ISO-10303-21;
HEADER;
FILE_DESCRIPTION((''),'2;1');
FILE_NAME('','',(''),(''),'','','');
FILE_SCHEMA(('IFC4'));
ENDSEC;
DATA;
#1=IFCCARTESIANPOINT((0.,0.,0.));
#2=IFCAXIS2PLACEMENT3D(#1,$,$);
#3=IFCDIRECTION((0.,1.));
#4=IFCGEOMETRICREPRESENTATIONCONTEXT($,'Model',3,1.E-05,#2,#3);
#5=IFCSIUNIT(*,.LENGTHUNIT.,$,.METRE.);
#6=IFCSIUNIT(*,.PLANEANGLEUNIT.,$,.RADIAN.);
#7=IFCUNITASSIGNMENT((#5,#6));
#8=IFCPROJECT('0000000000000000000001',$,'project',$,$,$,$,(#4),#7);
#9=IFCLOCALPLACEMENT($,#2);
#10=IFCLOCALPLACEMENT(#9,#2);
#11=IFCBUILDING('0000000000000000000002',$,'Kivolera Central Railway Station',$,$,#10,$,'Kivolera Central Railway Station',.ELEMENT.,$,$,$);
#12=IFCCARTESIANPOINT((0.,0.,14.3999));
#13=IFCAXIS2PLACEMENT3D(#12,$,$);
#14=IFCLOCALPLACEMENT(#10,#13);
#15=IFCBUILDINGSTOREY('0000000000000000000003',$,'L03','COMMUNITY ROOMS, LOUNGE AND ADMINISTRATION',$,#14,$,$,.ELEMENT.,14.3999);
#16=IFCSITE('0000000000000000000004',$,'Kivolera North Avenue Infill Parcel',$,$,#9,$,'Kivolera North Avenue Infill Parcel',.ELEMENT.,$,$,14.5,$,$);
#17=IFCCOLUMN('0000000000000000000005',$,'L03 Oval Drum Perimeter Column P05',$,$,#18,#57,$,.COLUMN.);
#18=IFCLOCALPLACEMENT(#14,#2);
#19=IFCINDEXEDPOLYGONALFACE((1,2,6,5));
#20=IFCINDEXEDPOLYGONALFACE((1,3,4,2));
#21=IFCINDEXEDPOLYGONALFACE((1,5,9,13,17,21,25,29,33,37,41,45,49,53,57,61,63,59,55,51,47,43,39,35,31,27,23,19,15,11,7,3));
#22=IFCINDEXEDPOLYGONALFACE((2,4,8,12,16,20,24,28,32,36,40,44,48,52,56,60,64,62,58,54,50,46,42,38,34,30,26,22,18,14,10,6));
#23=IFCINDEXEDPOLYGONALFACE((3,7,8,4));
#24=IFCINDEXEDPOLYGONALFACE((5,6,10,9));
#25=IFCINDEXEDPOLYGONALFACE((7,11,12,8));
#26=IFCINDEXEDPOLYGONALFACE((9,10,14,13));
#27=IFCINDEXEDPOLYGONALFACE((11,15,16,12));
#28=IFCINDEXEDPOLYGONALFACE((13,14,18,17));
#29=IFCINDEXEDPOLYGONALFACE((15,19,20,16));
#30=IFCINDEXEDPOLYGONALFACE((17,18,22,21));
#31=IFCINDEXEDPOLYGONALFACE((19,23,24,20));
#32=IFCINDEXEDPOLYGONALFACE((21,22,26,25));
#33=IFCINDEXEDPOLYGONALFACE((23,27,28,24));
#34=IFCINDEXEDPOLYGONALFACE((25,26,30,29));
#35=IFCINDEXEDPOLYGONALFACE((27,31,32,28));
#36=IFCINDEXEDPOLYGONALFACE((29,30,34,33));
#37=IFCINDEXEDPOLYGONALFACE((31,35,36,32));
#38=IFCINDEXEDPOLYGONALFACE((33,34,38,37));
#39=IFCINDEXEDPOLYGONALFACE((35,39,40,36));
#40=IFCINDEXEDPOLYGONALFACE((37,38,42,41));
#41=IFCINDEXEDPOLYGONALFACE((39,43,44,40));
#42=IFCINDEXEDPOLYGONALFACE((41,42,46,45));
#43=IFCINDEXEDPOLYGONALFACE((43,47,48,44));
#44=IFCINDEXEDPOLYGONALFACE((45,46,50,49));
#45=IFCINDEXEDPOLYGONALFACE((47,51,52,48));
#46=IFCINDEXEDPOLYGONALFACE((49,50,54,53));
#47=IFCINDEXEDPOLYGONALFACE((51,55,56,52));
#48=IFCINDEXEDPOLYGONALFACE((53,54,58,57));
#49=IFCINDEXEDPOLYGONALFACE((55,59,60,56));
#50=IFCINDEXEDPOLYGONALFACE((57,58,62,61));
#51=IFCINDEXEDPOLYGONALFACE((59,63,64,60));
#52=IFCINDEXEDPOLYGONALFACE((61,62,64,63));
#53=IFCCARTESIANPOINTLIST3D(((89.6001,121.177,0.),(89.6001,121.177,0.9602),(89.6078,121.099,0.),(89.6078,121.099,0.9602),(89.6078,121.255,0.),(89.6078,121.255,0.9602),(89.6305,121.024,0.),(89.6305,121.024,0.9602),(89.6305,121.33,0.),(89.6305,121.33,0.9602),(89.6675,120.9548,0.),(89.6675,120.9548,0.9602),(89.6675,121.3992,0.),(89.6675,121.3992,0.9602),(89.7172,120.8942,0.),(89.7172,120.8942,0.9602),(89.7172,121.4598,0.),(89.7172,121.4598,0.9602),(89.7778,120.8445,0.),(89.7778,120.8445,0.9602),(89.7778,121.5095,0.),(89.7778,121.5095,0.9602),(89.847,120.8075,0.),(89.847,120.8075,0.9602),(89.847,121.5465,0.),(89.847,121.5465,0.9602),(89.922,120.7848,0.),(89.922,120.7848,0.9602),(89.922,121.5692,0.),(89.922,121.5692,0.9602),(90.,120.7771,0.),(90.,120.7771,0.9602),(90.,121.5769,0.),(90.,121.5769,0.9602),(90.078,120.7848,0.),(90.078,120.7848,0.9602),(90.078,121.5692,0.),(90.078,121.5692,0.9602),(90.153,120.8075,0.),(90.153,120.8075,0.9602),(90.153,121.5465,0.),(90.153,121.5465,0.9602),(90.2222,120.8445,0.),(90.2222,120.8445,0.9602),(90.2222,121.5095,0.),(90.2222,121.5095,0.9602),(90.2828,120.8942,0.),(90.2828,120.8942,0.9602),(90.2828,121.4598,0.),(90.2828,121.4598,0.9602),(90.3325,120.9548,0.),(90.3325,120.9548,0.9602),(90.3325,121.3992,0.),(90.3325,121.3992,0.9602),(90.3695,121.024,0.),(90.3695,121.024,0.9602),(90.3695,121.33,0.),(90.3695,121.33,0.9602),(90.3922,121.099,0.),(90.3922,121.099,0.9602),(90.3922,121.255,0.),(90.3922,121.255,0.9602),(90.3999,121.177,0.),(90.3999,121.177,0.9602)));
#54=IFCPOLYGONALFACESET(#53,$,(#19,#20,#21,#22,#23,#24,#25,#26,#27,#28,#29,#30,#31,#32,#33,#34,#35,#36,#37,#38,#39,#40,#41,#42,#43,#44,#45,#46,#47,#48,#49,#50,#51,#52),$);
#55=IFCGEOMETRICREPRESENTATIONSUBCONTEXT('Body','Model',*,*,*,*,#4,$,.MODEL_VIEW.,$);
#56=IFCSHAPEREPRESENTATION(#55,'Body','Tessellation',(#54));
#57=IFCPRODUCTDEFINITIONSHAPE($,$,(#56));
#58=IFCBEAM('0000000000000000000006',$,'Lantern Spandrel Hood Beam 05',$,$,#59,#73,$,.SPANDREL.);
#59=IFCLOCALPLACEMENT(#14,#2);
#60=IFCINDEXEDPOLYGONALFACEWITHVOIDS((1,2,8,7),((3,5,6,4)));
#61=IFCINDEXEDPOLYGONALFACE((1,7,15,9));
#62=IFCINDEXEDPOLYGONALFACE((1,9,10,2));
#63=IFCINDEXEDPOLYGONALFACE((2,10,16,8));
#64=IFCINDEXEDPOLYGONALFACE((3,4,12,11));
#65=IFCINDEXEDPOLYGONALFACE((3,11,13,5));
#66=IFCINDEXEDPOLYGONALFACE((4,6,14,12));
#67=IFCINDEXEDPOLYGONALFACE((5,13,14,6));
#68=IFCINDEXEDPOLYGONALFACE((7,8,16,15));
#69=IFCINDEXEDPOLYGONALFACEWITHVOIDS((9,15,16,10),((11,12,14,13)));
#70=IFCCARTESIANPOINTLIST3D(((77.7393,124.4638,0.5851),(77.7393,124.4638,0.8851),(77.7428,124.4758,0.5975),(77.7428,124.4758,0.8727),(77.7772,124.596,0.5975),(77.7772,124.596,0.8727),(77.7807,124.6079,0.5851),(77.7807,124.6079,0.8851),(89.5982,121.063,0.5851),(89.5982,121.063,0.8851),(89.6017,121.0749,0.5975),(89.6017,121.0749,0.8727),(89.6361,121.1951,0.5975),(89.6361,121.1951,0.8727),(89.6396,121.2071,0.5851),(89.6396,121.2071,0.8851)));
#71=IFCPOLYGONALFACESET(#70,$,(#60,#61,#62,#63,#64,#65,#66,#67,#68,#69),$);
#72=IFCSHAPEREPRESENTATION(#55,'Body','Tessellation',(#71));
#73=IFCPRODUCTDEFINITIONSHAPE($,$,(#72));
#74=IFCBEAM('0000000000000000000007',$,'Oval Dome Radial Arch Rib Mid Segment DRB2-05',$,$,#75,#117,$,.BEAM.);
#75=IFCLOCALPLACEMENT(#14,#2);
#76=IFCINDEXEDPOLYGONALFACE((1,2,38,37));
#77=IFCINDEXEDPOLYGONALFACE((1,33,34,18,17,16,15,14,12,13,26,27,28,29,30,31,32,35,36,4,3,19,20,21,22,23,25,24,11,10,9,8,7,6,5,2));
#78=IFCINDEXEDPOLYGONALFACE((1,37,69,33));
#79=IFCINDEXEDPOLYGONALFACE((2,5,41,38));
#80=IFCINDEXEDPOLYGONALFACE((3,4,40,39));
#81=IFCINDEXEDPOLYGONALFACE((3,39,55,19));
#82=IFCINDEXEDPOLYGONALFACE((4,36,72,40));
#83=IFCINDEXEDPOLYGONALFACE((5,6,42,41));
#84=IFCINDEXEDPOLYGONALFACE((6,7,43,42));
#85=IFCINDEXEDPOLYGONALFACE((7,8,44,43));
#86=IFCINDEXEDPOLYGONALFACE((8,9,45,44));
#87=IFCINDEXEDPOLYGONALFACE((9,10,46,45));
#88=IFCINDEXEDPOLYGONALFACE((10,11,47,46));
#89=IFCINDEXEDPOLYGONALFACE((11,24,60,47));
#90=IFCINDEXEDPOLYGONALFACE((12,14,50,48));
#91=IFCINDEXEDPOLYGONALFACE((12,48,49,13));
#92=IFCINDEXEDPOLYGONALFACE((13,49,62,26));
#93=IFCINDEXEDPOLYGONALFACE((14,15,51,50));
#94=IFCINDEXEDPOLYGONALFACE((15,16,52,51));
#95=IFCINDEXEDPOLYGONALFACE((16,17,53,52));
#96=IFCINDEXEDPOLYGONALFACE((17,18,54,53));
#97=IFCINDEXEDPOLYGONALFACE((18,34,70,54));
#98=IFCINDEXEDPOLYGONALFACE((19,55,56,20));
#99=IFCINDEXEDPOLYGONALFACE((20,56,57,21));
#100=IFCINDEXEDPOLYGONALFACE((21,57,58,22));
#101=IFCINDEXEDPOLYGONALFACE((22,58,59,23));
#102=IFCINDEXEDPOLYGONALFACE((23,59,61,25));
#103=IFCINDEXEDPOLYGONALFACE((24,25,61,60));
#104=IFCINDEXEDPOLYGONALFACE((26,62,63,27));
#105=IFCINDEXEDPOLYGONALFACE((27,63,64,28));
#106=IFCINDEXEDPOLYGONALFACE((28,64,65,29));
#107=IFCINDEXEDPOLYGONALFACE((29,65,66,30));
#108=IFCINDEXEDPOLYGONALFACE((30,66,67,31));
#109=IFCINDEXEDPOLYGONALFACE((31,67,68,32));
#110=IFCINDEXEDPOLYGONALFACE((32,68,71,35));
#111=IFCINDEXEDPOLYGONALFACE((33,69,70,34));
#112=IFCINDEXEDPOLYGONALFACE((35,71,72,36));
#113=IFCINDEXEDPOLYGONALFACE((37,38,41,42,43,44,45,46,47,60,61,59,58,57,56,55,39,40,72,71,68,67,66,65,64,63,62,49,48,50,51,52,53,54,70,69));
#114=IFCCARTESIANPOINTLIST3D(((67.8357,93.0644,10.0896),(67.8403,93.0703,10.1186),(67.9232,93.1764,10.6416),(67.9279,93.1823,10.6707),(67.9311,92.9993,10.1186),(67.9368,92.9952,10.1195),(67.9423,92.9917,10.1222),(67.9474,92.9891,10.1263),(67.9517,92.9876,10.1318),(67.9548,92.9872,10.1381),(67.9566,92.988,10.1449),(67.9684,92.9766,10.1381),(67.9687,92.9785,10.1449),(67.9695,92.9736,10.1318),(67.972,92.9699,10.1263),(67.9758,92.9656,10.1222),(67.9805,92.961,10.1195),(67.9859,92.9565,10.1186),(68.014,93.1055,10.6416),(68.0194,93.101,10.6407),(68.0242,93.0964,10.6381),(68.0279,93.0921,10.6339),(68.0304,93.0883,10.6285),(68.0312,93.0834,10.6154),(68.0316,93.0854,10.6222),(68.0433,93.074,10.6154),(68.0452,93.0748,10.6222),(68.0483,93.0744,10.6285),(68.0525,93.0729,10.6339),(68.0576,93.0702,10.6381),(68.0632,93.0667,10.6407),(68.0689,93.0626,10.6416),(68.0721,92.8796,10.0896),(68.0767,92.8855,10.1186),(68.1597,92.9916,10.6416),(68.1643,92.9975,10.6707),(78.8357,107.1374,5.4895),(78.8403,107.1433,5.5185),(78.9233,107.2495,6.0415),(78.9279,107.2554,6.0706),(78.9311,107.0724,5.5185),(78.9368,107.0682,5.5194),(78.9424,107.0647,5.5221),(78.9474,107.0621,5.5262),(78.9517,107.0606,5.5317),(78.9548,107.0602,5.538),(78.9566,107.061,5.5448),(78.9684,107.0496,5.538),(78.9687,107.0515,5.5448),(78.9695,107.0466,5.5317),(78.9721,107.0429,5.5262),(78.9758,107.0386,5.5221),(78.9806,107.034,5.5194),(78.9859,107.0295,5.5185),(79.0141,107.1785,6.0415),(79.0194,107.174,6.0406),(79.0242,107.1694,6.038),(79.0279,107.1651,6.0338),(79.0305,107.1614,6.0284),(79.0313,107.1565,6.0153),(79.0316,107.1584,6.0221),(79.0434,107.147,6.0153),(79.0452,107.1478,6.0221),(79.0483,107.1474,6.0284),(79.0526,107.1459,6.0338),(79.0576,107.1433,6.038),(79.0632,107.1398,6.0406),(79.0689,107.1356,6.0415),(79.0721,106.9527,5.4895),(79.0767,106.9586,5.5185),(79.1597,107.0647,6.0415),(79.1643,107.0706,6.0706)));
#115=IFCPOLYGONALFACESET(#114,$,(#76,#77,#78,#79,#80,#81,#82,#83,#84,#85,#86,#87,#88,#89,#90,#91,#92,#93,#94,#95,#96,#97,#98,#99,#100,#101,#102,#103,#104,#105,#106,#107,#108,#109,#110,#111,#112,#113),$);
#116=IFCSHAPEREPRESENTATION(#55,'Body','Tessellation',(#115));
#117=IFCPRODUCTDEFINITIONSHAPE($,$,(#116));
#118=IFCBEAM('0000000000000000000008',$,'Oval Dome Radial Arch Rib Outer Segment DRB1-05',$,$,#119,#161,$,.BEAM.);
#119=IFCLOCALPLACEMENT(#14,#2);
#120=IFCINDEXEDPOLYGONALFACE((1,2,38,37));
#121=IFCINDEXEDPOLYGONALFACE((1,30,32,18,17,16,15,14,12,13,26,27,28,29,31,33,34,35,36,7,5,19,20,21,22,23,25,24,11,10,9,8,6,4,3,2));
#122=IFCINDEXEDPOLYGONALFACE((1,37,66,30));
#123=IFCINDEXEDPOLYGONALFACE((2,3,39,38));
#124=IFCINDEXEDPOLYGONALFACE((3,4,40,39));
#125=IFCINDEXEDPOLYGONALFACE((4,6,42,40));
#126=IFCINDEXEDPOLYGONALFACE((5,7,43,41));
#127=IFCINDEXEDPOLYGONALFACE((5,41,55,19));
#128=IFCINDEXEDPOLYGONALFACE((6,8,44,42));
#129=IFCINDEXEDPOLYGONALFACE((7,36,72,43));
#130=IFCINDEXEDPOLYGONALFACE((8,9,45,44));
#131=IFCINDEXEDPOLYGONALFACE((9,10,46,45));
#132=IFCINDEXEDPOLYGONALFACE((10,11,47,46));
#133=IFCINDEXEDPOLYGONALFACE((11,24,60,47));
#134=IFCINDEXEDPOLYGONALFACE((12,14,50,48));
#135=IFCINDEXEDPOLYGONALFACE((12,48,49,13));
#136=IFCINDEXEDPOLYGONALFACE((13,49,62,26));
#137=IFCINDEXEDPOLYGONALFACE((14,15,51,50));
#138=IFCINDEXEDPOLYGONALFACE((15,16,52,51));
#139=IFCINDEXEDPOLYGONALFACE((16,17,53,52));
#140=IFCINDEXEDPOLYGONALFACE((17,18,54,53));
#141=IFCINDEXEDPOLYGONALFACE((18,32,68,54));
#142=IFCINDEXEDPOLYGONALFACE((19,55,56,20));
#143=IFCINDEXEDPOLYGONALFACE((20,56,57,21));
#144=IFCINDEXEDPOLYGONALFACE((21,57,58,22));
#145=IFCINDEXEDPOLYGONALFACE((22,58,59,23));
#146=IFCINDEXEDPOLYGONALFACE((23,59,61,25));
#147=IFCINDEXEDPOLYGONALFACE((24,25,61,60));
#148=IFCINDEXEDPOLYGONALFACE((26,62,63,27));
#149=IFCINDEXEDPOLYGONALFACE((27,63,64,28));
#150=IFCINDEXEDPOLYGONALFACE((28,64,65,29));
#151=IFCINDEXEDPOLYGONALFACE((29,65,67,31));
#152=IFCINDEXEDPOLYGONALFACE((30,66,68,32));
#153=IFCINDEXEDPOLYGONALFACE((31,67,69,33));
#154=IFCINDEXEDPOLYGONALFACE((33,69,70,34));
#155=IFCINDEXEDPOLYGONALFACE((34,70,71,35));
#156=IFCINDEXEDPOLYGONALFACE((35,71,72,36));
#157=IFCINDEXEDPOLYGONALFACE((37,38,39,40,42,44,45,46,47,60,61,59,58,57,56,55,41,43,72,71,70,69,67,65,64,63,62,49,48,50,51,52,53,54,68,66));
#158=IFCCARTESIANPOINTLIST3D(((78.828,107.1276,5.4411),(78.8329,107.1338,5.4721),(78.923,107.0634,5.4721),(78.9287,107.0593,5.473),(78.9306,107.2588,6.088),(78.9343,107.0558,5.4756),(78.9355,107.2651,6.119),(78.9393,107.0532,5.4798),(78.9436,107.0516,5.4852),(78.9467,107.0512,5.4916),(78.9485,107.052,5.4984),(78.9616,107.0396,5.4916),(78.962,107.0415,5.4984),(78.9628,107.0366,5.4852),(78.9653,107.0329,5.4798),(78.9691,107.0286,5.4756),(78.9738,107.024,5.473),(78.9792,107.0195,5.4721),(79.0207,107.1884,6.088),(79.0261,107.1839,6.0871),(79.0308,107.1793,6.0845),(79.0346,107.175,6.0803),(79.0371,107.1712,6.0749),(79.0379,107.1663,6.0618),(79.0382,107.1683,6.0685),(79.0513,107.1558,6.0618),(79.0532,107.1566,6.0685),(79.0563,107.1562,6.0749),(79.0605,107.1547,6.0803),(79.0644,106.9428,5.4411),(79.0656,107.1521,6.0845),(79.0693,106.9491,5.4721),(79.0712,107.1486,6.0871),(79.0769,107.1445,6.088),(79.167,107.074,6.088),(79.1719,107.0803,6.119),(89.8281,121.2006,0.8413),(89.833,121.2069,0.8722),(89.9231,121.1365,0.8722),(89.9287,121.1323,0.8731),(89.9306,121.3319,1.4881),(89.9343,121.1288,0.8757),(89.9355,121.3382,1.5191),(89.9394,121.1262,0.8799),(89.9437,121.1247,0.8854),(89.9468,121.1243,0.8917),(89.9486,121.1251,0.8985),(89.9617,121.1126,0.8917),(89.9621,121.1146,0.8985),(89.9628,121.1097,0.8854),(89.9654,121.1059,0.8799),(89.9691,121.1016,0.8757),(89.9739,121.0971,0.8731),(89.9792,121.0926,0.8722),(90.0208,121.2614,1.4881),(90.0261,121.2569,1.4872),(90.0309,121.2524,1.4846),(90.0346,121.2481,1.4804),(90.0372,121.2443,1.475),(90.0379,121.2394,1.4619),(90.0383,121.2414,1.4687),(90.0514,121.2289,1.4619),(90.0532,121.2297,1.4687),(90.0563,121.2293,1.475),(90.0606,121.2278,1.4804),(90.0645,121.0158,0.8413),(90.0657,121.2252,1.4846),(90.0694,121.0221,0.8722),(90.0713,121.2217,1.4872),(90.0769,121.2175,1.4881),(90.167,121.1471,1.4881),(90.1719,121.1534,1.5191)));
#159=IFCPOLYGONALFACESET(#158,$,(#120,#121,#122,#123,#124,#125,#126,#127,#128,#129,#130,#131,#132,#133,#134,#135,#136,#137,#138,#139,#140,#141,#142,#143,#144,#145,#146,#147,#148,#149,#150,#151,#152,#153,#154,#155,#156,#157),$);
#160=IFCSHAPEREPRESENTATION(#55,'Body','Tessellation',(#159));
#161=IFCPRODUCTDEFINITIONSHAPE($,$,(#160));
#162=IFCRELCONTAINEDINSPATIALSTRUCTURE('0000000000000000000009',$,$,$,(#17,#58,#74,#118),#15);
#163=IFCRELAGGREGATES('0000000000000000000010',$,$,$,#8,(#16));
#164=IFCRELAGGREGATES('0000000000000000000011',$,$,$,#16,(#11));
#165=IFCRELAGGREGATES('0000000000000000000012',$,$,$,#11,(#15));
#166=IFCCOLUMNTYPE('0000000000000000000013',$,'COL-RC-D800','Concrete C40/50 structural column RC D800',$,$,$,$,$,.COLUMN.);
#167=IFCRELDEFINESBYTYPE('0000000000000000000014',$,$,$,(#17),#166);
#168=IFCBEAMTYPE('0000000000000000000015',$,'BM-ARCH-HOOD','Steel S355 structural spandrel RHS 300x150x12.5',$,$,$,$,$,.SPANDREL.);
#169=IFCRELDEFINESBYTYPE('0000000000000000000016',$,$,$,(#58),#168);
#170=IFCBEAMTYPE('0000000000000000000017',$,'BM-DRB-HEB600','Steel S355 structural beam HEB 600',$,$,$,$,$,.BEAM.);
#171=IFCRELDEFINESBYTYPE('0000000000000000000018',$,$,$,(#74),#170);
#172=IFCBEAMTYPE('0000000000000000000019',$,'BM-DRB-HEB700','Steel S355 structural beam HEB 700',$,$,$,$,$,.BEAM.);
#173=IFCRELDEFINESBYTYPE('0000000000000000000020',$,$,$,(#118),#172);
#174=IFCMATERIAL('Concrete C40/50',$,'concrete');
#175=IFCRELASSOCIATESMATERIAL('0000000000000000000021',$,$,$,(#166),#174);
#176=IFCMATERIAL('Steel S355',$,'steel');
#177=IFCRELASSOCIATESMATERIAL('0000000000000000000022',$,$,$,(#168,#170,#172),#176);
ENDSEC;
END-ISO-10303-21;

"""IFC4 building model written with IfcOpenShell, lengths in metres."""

from ifc_helpers import new_model, si_unit, direction, frame, origin, origin_2d, place, context, subcontext, project, spatial, hollow_rectangle, circle, i_section, extrude, material, material_profile, profile_set, type_object, element, save


model = new_model("IFC4")

# Units and contexts
model_context = context("Model", 3, precision=1e-05, world=origin(), true_north=direction((0.0, 1.0)))
body_context = subcontext(model_context, "Body", "Model", "MODEL_VIEW")
ifc_project = project(units=[si_unit("LENGTHUNIT", "METRE"), si_unit("PLANEANGLEUNIT", "RADIAN")], contexts=[model_context])

# Site, building, storey
site_placement = place(None, origin())
site = spatial("IfcSite", under=ifc_project, at=site_placement, Name="Kivolera North Avenue Infill Parcel", LongName="Kivolera North Avenue Infill Parcel", CompositionType="ELEMENT", RefElevation=14.5)
building_placement = place(site_placement, origin())
building = spatial("IfcBuilding", under=site, at=building_placement, Name="Kivolera Central Railway Station", LongName="Kivolera Central Railway Station", CompositionType="ELEMENT")
storey_placement = place(building_placement, frame((0.0, 0.0, 14.3999)))
storey = spatial("IfcBuildingStorey", under=building, at=storey_placement, Name="L03", Description="COMMUNITY ROOMS, LOUNGE AND ADMINISTRATION", CompositionType="ELEMENT", Elevation=14.3999)

# Column
ifc_material_1 = material(Name="Concrete C40/50", Category="concrete")
ifc_material_profile_1 = material_profile(ifc_material_1, circle(Radius=0.3999, at=origin_2d()), Name="RC D800")
ifc_profile_set_1 = profile_set([ifc_material_profile_1], Name="Concrete C40/50")
column_type = type_object("IfcColumnType", Name="COL-RC-D800", Description="Concrete C40/50 structural column RC D800", PredefinedType="COLUMN", material=ifc_profile_set_1)
column_placement = place(storey_placement, frame((90.0, 121.177, 0.0), z_axis=(0.0, 0.0, 1.0), x_axis=(1.0, 0.0, 0.0)))
element("IfcColumn", 1, at=column_placement, inside=storey, type_object=column_type, Name="L03 Oval Drum Perimeter Column P05", PredefinedType="COLUMN", context=body_context, shape_type="SweptSolid", body=[
    extrude(circle(Radius=0.3999, at=origin_2d()), origin(), (0.0, 0.0, 1.0), 0.9602),
])

# Beams
ifc_material_2 = material(Name="Steel S355", Category="steel")
ifc_material_profile_2 = material_profile(ifc_material_2, hollow_rectangle(XDim=0.1499, YDim=0.3, WallThickness=0.0125, at=origin_2d()), Name="RHS 300x150x12.5")
ifc_profile_set_2 = profile_set([ifc_material_profile_2], Name="Steel S355")
beam_type_1 = type_object("IfcBeamType", Name="BM-ARCH-HOOD", Description="Steel S355 structural spandrel RHS 300x150x12.5", PredefinedType="SPANDREL", material=ifc_profile_set_2)
beam_1_placement = place(storey_placement, frame((89.6189, 121.135, 0.7351), z_axis=(-0.961253, 0.275667, 0.0), x_axis=(-0.275667, -0.961253, 0.0)))
element("IfcBeam", 2, at=beam_1_placement, inside=storey, type_object=beam_type_1, Name="Lantern Spandrel Hood Beam 05", PredefinedType="SPANDREL", context=body_context, shape_type="SweptSolid", body=[
    extrude(hollow_rectangle(XDim=0.1499, YDim=0.3, WallThickness=0.0125, at=origin_2d()), origin(), (0.0, 0.0, 1.0), 12.3369),
])
ifc_material_profile_3 = material_profile(ifc_material_2, i_section(OverallWidth=0.3, OverallDepth=0.6001, WebThickness=0.0154, FlangeThickness=0.03, FilletRadius=0.0271, at=origin_2d()), Name="HEB 600")
ifc_profile_set_3 = profile_set([ifc_material_profile_3], Name="Steel S355")
beam_type_2 = type_object("IfcBeamType", Name="BM-DRB-HEB600", Description="Steel S355 structural beam HEB 600", PredefinedType="BEAM", material=ifc_profile_set_3)
beam_2_placement = place(storey_placement, frame((79.0, 107.104, 5.78), z_axis=(-0.596374, -0.76298, 0.249398), x_axis=(0.787876, -0.615834, 0.0)))
element("IfcBeam", 3, at=beam_2_placement, inside=storey, type_object=beam_type_2, Name="Oval Dome Radial Arch Rib Mid Segment DRB2-05", PredefinedType="BEAM", context=body_context, shape_type="SweptSolid", body=[
    extrude(i_section(OverallWidth=0.3, OverallDepth=0.6001, WebThickness=0.0154, FlangeThickness=0.03, FilletRadius=0.0271, at=origin_2d()), origin(), (0.0, 0.0, 1.0), 18.4448),
])
ifc_material_profile_4 = material_profile(ifc_material_2, i_section(OverallWidth=0.3, OverallDepth=0.7, WebThickness=0.0171, FlangeThickness=0.032, FilletRadius=0.0271, at=origin_2d()), Name="HEB 700")
ifc_profile_set_4 = profile_set([ifc_material_profile_4], Name="Steel S355")
beam_type_3 = type_object("IfcBeamType", Name="BM-DRB-HEB700", Description="Steel S355 structural beam HEB 700", PredefinedType="BEAM", material=ifc_profile_set_4)
beam_3_placement = place(storey_placement, frame((90.0, 121.177, 1.1802), z_axis=(-0.596376, -0.762982, 0.249386), x_axis=(0.787876, -0.615834, 0.0)))
element("IfcBeam", 4, at=beam_3_placement, inside=storey, type_object=beam_type_3, Name="Oval Dome Radial Arch Rib Outer Segment DRB1-05", PredefinedType="BEAM", context=body_context, shape_type="SweptSolid", body=[
    extrude(i_section(OverallWidth=0.3, OverallDepth=0.7, WebThickness=0.0171, FlangeThickness=0.032, FilletRadius=0.0271, at=origin_2d()), origin(), (0.0, 0.0, 1.0), 18.4448),
])

save(model, "model.ifc")
